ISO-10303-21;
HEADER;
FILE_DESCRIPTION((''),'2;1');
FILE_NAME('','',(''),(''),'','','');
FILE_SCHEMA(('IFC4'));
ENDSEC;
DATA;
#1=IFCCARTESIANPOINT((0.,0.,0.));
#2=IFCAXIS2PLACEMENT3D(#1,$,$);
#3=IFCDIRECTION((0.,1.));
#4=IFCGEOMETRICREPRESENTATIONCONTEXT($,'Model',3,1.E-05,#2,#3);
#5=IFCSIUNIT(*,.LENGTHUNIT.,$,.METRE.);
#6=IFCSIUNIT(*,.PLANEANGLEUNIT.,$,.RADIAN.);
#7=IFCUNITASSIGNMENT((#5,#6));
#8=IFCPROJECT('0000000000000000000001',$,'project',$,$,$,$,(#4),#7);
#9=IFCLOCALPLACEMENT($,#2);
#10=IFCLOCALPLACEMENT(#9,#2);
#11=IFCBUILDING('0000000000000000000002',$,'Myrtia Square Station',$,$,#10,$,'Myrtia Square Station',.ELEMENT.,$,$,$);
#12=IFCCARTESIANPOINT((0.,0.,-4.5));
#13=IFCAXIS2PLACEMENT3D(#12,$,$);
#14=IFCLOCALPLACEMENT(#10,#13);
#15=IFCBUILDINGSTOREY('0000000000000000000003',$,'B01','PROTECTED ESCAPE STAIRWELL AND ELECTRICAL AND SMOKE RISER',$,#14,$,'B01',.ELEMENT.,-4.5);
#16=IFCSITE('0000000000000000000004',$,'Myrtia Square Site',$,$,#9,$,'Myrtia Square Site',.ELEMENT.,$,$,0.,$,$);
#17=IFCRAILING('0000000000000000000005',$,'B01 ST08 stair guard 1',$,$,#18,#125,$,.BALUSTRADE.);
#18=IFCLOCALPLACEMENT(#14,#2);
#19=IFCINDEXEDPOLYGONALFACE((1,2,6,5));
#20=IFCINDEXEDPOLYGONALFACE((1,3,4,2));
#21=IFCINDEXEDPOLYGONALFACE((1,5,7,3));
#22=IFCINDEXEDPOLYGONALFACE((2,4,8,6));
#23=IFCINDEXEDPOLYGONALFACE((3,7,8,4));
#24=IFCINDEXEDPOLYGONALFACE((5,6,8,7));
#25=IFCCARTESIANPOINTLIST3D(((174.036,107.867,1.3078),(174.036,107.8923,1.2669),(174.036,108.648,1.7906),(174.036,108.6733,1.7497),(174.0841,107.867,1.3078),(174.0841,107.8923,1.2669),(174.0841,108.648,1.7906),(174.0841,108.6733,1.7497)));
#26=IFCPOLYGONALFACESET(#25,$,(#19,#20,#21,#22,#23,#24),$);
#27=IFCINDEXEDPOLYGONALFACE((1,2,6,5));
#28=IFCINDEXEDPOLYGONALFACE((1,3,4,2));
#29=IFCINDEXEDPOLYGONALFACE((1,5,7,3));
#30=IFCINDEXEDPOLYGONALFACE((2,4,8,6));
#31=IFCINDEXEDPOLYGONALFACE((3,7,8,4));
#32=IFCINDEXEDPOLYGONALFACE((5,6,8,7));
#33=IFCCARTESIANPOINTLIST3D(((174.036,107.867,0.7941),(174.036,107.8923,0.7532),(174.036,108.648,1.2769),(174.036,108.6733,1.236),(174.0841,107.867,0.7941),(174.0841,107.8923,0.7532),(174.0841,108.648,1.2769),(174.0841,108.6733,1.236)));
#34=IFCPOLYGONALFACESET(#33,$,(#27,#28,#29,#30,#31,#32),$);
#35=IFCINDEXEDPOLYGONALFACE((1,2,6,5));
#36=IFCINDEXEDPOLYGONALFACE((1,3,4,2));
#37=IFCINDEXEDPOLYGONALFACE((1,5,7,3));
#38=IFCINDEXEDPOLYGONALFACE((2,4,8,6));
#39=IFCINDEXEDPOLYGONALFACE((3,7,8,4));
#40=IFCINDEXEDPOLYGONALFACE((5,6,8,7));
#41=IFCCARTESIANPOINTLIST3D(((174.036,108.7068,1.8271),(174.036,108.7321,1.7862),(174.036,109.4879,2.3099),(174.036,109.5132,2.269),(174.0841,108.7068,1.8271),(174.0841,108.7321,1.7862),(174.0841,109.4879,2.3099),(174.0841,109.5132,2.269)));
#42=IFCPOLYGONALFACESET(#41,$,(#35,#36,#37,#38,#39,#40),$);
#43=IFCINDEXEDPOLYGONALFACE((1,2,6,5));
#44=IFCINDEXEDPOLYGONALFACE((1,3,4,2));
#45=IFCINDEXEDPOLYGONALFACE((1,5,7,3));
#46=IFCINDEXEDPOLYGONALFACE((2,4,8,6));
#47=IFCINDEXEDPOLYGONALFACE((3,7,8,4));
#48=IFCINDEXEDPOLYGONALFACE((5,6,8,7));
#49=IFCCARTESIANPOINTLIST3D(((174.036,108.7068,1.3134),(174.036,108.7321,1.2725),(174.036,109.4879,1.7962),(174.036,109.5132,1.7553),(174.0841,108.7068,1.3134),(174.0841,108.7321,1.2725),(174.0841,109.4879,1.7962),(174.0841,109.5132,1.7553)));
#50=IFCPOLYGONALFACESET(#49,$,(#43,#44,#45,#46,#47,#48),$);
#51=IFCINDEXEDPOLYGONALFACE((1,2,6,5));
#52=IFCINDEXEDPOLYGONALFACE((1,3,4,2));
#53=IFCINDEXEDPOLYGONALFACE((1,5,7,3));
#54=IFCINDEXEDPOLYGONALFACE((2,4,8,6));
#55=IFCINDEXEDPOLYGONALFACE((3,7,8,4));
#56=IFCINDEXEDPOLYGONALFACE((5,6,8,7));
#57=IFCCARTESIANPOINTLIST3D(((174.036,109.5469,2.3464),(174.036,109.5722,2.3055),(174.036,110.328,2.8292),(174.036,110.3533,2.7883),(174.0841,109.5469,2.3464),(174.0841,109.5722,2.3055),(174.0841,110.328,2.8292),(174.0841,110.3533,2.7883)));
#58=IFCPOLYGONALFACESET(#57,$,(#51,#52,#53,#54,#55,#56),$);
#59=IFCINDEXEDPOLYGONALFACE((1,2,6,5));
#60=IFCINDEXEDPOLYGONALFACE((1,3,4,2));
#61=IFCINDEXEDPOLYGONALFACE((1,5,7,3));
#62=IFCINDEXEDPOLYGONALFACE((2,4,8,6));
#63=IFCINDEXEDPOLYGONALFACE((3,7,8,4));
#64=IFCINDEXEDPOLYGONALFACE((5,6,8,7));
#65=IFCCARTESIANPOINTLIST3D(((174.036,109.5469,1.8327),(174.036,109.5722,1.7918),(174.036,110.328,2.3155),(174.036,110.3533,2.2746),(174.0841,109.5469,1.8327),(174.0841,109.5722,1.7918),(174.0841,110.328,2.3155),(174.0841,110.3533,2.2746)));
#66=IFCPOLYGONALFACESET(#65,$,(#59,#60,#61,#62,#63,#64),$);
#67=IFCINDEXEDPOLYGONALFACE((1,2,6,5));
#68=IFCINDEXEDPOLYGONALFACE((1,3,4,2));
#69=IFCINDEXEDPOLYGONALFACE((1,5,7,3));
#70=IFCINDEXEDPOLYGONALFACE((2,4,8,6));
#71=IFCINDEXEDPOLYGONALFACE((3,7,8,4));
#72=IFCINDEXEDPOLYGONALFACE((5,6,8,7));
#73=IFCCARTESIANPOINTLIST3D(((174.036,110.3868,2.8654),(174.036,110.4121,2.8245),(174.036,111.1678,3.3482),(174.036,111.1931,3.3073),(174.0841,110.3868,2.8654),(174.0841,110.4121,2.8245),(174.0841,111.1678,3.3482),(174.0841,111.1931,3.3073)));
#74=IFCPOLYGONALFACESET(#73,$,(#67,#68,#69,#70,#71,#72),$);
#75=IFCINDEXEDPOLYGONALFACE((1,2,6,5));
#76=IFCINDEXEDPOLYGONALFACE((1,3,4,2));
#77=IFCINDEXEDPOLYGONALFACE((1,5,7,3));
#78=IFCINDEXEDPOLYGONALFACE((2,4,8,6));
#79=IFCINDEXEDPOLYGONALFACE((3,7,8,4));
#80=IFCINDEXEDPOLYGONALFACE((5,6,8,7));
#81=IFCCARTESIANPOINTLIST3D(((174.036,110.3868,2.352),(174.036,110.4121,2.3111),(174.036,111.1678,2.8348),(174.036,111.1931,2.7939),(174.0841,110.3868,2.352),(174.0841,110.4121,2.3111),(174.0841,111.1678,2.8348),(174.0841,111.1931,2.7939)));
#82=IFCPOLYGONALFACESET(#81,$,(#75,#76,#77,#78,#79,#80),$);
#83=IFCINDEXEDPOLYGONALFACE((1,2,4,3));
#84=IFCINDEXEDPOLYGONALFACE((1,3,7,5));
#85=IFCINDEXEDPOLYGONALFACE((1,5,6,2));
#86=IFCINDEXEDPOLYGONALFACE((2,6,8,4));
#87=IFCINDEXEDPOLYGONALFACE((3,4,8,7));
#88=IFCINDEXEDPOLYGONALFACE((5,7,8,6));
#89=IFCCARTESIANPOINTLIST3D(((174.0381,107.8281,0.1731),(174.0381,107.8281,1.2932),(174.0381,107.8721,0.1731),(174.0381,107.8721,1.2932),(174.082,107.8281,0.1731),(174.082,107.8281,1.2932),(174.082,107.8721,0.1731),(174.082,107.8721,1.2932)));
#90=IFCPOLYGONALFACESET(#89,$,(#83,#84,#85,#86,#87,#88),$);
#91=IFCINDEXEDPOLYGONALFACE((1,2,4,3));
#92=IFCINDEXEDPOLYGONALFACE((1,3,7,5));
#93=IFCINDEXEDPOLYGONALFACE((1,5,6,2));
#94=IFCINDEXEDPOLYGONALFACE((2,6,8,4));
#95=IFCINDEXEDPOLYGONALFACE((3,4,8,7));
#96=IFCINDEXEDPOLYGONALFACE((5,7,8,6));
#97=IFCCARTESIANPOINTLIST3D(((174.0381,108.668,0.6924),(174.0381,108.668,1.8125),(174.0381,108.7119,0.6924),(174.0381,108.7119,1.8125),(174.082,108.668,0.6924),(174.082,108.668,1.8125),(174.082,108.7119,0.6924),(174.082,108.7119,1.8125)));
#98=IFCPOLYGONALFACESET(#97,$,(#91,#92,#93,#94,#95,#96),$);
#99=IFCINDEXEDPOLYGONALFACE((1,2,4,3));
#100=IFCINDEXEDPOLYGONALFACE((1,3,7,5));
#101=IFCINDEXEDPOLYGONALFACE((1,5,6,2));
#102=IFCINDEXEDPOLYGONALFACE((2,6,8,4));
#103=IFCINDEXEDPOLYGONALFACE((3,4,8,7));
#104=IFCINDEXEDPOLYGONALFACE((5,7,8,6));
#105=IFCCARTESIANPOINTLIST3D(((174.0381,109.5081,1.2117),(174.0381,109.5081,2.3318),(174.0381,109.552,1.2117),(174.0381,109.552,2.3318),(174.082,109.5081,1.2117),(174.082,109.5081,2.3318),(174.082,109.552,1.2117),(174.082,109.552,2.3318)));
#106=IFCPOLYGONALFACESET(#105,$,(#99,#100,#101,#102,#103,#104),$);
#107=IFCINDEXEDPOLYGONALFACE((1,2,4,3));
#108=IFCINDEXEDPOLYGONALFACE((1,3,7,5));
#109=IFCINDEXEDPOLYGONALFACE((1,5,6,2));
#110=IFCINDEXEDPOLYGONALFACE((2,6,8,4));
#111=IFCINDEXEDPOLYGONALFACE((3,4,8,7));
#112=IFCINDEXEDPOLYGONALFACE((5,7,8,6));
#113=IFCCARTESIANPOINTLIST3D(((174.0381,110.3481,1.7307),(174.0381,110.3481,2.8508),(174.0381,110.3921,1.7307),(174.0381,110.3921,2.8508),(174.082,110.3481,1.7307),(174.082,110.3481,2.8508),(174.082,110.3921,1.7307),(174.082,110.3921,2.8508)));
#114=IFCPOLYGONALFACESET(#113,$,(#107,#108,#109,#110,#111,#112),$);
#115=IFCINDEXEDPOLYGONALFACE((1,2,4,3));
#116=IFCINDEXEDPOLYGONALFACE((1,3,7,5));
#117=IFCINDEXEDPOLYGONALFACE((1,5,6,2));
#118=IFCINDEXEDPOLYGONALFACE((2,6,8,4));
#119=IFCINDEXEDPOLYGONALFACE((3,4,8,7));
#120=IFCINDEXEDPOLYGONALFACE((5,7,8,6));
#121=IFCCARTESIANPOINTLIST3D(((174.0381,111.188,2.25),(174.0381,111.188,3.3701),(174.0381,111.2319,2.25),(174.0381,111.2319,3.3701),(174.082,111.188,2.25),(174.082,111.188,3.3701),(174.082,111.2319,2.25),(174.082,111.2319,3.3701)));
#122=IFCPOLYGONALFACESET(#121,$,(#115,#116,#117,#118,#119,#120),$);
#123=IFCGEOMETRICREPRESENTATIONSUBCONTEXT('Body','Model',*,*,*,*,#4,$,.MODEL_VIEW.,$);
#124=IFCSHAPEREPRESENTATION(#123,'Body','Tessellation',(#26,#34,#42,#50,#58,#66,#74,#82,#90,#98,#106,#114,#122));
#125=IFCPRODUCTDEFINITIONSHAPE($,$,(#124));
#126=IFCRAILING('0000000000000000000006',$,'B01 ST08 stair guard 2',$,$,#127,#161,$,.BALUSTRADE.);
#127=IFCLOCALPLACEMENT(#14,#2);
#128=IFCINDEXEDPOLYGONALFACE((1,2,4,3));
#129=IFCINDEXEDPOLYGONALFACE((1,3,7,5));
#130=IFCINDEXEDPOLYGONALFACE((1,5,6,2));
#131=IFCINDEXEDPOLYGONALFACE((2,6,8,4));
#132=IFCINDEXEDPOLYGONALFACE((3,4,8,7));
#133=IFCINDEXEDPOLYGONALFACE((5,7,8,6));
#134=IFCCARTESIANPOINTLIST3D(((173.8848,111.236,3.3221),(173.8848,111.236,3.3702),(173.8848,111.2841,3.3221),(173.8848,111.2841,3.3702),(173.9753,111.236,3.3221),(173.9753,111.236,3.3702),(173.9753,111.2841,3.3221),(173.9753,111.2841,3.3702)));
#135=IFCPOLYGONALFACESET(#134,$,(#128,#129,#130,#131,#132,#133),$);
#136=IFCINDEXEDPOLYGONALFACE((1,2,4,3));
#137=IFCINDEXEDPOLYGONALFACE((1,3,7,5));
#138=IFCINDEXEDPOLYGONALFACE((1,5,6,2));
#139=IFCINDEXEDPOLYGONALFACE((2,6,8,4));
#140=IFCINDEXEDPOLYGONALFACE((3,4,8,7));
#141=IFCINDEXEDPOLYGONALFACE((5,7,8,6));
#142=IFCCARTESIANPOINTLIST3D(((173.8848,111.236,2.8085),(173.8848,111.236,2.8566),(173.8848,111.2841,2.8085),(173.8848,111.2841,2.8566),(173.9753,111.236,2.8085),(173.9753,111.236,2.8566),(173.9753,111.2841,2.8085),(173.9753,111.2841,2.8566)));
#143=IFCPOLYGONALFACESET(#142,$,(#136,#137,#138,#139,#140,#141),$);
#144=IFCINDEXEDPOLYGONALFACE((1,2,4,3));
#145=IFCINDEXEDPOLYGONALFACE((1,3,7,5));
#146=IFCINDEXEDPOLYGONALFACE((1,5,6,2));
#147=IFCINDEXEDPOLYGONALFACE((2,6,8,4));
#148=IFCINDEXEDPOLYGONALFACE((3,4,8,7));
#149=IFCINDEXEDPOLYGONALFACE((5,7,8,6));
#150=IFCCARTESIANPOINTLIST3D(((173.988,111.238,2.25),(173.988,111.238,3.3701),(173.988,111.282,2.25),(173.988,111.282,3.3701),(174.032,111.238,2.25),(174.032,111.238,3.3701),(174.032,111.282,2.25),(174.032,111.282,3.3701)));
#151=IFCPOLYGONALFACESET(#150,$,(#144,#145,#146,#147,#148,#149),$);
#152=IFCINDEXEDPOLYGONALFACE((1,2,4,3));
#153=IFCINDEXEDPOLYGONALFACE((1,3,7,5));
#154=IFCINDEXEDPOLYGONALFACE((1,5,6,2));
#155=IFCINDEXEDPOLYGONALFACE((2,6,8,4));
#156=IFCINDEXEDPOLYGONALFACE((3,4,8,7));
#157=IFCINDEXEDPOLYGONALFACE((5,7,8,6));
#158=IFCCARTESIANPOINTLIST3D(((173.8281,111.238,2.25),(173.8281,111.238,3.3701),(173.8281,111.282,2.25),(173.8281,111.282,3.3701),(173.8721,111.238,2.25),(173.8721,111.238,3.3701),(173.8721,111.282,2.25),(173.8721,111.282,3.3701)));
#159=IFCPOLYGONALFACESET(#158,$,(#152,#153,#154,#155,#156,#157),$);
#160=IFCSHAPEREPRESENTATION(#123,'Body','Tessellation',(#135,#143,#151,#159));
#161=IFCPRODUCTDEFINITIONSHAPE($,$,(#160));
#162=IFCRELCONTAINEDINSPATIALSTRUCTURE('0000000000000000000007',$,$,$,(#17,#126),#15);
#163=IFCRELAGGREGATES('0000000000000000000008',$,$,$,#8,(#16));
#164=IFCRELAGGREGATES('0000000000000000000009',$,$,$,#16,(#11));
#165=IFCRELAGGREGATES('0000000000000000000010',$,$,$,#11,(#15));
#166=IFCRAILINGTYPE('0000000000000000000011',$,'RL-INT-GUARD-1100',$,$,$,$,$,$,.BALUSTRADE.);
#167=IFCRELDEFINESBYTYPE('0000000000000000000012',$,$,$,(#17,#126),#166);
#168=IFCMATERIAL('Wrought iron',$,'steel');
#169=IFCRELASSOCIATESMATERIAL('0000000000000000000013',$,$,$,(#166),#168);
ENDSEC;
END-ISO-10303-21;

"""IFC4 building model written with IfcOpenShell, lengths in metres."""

from ifc_helpers import new_model, si_unit, direction, frame, origin, origin_2d, place, context, subcontext, project, spatial, rectangle, extrude, material, type_object, element, save


model = new_model("IFC4")

# Units and contexts
model_context = context("Model", 3, precision=1e-05, world=origin(), true_north=direction((0.0, 1.0)))
body_context = subcontext(model_context, "Body", "Model", "MODEL_VIEW")
ifc_project = project(units=[si_unit("LENGTHUNIT", "METRE"), si_unit("PLANEANGLEUNIT", "RADIAN")], contexts=[model_context])

# Site, building, storey
site_placement = place(None, origin())
site = spatial("IfcSite", under=ifc_project, at=site_placement, Name="Myrtia Square Site", LongName="Myrtia Square Site", CompositionType="ELEMENT", RefElevation=0.0)
building_placement = place(site_placement, origin())
building = spatial("IfcBuilding", under=site, at=building_placement, Name="Myrtia Square Station", LongName="Myrtia Square Station", CompositionType="ELEMENT")
storey_placement = place(building_placement, frame((0.0, 0.0, -4.5)))
storey = spatial("IfcBuildingStorey", under=building, at=storey_placement, Name="B01", Description="PROTECTED ESCAPE STAIRWELL AND ELECTRICAL AND SMOKE RISER", LongName="B01", CompositionType="ELEMENT", Elevation=-4.5)

# Railings
ifc_material_1 = material(Name="Wrought iron", Category="steel")
railing_type_1 = type_object("IfcRailingType", Name="RL-INT-GUARD-1100", PredefinedType="BALUSTRADE", material=ifc_material_1)
railing_1_placement = place(storey_placement, frame((174.0601, 107.8501, 0.1731)))
element("IfcRailing", 1, at=railing_1_placement, inside=storey, type_object=railing_type_1, Name="B01 ST08 stair guard 1", PredefinedType="BALUSTRADE", context=body_context, shape_type="SweptSolid", body=[
    extrude(rectangle(XDim=0.0481, YDim=0.0481, at=origin_2d()), frame((0.0, 0.0295, 1.1143), z_axis=(0.0, 0.850606, 0.525803), x_axis=(-1.0, 0.0, 0.0)), (0.0, 0.0, 1.0), 0.9182),
    extrude(rectangle(XDim=0.0481, YDim=0.0481, at=origin_2d()), frame((0.0, 0.0295, 0.6006), z_axis=(0.0, 0.850606, 0.525803), x_axis=(-1.0, 0.0, 0.0)), (0.0, 0.0, 1.0), 0.9182),
    extrude(rectangle(XDim=0.0481, YDim=0.0481, at=origin_2d()), frame((0.0, 0.8694, 1.6335), z_axis=(0.0, 0.850606, 0.525803), x_axis=(-1.0, 0.0, 0.0)), (0.0, 0.0, 1.0), 0.9182),
    extrude(rectangle(XDim=0.0481, YDim=0.0481, at=origin_2d()), frame((0.0, 0.8694, 1.1199), z_axis=(0.0, 0.850606, 0.525803), x_axis=(-1.0, 0.0, 0.0)), (0.0, 0.0, 1.0), 0.9182),
    extrude(rectangle(XDim=0.0481, YDim=0.0481, at=origin_2d()), frame((0.0, 1.7095, 2.1528), z_axis=(0.0, 0.850606, 0.525803), x_axis=(-1.0, 0.0, 0.0)), (0.0, 0.0, 1.0), 0.9182),
    extrude(rectangle(XDim=0.0481, YDim=0.0481, at=origin_2d()), frame((0.0, 1.7095, 1.6392), z_axis=(0.0, 0.850606, 0.525803), x_axis=(-1.0, 0.0, 0.0)), (0.0, 0.0, 1.0), 0.9182),
    extrude(rectangle(XDim=0.0481, YDim=0.0481, at=origin_2d()), frame((0.0, 2.5493, 2.6719), z_axis=(0.0, 0.850606, 0.525803), x_axis=(-1.0, 0.0, 0.0)), (0.0, 0.0, 1.0), 0.9182),
    extrude(rectangle(XDim=0.0481, YDim=0.0481, at=origin_2d()), frame((0.0, 2.5493, 2.1584), z_axis=(0.0, 0.850606, 0.525803), x_axis=(-1.0, 0.0, 0.0)), (0.0, 0.0, 1.0), 0.9182),
    extrude(rectangle(XDim=0.0439, YDim=0.0439, at=origin_2d()), origin(), (0.0, 0.0, 1.0), 1.1201),
    extrude(rectangle(XDim=0.0439, YDim=0.0439, at=origin_2d()), frame((0.0, 0.8398, 0.5193)), (0.0, 0.0, 1.0), 1.1201),
    extrude(rectangle(XDim=0.0439, YDim=0.0439, at=origin_2d()), frame((0.0, 1.6799, 1.0386)), (0.0, 0.0, 1.0), 1.1201),
    extrude(rectangle(XDim=0.0439, YDim=0.0439, at=origin_2d()), frame((0.0, 2.52, 1.5576)), (0.0, 0.0, 1.0), 1.1201),
    extrude(rectangle(XDim=0.0439, YDim=0.0439, at=origin_2d()), frame((0.0, 3.3599, 2.0769)), (0.0, 0.0, 1.0), 1.1201),
])
railing_2_placement = place(storey_placement, frame((174.01, 111.26, 2.25)))
element("IfcRailing", 2, at=railing_2_placement, inside=storey, type_object=railing_type_1, Name="B01 ST08 stair guard 2", PredefinedType="BALUSTRADE", context=body_context, shape_type="SweptSolid", body=[
    extrude(rectangle(XDim=0.0481, YDim=0.0481, at=origin_2d()), frame((-0.0347, 0.0, 1.0962), z_axis=(-1.0, 0.0, 0.0), x_axis=(0.0, -1.0, 0.0)), (0.0, 0.0, 1.0), 0.0906),
    extrude(rectangle(XDim=0.0481, YDim=0.0481, at=origin_2d()), frame((-0.0347, 0.0, 0.5825), z_axis=(-1.0, 0.0, 0.0), x_axis=(0.0, -1.0, 0.0)), (0.0, 0.0, 1.0), 0.0906),
    extrude(rectangle(XDim=0.0439, YDim=0.0439, at=origin_2d()), origin(), (0.0, 0.0, 1.0), 1.1201),
    extrude(rectangle(XDim=0.0439, YDim=0.0439, at=origin_2d()), frame((-0.1599, 0.0, 0.0)), (0.0, 0.0, 1.0), 1.1201),
])

save(model, "model.ifc")
